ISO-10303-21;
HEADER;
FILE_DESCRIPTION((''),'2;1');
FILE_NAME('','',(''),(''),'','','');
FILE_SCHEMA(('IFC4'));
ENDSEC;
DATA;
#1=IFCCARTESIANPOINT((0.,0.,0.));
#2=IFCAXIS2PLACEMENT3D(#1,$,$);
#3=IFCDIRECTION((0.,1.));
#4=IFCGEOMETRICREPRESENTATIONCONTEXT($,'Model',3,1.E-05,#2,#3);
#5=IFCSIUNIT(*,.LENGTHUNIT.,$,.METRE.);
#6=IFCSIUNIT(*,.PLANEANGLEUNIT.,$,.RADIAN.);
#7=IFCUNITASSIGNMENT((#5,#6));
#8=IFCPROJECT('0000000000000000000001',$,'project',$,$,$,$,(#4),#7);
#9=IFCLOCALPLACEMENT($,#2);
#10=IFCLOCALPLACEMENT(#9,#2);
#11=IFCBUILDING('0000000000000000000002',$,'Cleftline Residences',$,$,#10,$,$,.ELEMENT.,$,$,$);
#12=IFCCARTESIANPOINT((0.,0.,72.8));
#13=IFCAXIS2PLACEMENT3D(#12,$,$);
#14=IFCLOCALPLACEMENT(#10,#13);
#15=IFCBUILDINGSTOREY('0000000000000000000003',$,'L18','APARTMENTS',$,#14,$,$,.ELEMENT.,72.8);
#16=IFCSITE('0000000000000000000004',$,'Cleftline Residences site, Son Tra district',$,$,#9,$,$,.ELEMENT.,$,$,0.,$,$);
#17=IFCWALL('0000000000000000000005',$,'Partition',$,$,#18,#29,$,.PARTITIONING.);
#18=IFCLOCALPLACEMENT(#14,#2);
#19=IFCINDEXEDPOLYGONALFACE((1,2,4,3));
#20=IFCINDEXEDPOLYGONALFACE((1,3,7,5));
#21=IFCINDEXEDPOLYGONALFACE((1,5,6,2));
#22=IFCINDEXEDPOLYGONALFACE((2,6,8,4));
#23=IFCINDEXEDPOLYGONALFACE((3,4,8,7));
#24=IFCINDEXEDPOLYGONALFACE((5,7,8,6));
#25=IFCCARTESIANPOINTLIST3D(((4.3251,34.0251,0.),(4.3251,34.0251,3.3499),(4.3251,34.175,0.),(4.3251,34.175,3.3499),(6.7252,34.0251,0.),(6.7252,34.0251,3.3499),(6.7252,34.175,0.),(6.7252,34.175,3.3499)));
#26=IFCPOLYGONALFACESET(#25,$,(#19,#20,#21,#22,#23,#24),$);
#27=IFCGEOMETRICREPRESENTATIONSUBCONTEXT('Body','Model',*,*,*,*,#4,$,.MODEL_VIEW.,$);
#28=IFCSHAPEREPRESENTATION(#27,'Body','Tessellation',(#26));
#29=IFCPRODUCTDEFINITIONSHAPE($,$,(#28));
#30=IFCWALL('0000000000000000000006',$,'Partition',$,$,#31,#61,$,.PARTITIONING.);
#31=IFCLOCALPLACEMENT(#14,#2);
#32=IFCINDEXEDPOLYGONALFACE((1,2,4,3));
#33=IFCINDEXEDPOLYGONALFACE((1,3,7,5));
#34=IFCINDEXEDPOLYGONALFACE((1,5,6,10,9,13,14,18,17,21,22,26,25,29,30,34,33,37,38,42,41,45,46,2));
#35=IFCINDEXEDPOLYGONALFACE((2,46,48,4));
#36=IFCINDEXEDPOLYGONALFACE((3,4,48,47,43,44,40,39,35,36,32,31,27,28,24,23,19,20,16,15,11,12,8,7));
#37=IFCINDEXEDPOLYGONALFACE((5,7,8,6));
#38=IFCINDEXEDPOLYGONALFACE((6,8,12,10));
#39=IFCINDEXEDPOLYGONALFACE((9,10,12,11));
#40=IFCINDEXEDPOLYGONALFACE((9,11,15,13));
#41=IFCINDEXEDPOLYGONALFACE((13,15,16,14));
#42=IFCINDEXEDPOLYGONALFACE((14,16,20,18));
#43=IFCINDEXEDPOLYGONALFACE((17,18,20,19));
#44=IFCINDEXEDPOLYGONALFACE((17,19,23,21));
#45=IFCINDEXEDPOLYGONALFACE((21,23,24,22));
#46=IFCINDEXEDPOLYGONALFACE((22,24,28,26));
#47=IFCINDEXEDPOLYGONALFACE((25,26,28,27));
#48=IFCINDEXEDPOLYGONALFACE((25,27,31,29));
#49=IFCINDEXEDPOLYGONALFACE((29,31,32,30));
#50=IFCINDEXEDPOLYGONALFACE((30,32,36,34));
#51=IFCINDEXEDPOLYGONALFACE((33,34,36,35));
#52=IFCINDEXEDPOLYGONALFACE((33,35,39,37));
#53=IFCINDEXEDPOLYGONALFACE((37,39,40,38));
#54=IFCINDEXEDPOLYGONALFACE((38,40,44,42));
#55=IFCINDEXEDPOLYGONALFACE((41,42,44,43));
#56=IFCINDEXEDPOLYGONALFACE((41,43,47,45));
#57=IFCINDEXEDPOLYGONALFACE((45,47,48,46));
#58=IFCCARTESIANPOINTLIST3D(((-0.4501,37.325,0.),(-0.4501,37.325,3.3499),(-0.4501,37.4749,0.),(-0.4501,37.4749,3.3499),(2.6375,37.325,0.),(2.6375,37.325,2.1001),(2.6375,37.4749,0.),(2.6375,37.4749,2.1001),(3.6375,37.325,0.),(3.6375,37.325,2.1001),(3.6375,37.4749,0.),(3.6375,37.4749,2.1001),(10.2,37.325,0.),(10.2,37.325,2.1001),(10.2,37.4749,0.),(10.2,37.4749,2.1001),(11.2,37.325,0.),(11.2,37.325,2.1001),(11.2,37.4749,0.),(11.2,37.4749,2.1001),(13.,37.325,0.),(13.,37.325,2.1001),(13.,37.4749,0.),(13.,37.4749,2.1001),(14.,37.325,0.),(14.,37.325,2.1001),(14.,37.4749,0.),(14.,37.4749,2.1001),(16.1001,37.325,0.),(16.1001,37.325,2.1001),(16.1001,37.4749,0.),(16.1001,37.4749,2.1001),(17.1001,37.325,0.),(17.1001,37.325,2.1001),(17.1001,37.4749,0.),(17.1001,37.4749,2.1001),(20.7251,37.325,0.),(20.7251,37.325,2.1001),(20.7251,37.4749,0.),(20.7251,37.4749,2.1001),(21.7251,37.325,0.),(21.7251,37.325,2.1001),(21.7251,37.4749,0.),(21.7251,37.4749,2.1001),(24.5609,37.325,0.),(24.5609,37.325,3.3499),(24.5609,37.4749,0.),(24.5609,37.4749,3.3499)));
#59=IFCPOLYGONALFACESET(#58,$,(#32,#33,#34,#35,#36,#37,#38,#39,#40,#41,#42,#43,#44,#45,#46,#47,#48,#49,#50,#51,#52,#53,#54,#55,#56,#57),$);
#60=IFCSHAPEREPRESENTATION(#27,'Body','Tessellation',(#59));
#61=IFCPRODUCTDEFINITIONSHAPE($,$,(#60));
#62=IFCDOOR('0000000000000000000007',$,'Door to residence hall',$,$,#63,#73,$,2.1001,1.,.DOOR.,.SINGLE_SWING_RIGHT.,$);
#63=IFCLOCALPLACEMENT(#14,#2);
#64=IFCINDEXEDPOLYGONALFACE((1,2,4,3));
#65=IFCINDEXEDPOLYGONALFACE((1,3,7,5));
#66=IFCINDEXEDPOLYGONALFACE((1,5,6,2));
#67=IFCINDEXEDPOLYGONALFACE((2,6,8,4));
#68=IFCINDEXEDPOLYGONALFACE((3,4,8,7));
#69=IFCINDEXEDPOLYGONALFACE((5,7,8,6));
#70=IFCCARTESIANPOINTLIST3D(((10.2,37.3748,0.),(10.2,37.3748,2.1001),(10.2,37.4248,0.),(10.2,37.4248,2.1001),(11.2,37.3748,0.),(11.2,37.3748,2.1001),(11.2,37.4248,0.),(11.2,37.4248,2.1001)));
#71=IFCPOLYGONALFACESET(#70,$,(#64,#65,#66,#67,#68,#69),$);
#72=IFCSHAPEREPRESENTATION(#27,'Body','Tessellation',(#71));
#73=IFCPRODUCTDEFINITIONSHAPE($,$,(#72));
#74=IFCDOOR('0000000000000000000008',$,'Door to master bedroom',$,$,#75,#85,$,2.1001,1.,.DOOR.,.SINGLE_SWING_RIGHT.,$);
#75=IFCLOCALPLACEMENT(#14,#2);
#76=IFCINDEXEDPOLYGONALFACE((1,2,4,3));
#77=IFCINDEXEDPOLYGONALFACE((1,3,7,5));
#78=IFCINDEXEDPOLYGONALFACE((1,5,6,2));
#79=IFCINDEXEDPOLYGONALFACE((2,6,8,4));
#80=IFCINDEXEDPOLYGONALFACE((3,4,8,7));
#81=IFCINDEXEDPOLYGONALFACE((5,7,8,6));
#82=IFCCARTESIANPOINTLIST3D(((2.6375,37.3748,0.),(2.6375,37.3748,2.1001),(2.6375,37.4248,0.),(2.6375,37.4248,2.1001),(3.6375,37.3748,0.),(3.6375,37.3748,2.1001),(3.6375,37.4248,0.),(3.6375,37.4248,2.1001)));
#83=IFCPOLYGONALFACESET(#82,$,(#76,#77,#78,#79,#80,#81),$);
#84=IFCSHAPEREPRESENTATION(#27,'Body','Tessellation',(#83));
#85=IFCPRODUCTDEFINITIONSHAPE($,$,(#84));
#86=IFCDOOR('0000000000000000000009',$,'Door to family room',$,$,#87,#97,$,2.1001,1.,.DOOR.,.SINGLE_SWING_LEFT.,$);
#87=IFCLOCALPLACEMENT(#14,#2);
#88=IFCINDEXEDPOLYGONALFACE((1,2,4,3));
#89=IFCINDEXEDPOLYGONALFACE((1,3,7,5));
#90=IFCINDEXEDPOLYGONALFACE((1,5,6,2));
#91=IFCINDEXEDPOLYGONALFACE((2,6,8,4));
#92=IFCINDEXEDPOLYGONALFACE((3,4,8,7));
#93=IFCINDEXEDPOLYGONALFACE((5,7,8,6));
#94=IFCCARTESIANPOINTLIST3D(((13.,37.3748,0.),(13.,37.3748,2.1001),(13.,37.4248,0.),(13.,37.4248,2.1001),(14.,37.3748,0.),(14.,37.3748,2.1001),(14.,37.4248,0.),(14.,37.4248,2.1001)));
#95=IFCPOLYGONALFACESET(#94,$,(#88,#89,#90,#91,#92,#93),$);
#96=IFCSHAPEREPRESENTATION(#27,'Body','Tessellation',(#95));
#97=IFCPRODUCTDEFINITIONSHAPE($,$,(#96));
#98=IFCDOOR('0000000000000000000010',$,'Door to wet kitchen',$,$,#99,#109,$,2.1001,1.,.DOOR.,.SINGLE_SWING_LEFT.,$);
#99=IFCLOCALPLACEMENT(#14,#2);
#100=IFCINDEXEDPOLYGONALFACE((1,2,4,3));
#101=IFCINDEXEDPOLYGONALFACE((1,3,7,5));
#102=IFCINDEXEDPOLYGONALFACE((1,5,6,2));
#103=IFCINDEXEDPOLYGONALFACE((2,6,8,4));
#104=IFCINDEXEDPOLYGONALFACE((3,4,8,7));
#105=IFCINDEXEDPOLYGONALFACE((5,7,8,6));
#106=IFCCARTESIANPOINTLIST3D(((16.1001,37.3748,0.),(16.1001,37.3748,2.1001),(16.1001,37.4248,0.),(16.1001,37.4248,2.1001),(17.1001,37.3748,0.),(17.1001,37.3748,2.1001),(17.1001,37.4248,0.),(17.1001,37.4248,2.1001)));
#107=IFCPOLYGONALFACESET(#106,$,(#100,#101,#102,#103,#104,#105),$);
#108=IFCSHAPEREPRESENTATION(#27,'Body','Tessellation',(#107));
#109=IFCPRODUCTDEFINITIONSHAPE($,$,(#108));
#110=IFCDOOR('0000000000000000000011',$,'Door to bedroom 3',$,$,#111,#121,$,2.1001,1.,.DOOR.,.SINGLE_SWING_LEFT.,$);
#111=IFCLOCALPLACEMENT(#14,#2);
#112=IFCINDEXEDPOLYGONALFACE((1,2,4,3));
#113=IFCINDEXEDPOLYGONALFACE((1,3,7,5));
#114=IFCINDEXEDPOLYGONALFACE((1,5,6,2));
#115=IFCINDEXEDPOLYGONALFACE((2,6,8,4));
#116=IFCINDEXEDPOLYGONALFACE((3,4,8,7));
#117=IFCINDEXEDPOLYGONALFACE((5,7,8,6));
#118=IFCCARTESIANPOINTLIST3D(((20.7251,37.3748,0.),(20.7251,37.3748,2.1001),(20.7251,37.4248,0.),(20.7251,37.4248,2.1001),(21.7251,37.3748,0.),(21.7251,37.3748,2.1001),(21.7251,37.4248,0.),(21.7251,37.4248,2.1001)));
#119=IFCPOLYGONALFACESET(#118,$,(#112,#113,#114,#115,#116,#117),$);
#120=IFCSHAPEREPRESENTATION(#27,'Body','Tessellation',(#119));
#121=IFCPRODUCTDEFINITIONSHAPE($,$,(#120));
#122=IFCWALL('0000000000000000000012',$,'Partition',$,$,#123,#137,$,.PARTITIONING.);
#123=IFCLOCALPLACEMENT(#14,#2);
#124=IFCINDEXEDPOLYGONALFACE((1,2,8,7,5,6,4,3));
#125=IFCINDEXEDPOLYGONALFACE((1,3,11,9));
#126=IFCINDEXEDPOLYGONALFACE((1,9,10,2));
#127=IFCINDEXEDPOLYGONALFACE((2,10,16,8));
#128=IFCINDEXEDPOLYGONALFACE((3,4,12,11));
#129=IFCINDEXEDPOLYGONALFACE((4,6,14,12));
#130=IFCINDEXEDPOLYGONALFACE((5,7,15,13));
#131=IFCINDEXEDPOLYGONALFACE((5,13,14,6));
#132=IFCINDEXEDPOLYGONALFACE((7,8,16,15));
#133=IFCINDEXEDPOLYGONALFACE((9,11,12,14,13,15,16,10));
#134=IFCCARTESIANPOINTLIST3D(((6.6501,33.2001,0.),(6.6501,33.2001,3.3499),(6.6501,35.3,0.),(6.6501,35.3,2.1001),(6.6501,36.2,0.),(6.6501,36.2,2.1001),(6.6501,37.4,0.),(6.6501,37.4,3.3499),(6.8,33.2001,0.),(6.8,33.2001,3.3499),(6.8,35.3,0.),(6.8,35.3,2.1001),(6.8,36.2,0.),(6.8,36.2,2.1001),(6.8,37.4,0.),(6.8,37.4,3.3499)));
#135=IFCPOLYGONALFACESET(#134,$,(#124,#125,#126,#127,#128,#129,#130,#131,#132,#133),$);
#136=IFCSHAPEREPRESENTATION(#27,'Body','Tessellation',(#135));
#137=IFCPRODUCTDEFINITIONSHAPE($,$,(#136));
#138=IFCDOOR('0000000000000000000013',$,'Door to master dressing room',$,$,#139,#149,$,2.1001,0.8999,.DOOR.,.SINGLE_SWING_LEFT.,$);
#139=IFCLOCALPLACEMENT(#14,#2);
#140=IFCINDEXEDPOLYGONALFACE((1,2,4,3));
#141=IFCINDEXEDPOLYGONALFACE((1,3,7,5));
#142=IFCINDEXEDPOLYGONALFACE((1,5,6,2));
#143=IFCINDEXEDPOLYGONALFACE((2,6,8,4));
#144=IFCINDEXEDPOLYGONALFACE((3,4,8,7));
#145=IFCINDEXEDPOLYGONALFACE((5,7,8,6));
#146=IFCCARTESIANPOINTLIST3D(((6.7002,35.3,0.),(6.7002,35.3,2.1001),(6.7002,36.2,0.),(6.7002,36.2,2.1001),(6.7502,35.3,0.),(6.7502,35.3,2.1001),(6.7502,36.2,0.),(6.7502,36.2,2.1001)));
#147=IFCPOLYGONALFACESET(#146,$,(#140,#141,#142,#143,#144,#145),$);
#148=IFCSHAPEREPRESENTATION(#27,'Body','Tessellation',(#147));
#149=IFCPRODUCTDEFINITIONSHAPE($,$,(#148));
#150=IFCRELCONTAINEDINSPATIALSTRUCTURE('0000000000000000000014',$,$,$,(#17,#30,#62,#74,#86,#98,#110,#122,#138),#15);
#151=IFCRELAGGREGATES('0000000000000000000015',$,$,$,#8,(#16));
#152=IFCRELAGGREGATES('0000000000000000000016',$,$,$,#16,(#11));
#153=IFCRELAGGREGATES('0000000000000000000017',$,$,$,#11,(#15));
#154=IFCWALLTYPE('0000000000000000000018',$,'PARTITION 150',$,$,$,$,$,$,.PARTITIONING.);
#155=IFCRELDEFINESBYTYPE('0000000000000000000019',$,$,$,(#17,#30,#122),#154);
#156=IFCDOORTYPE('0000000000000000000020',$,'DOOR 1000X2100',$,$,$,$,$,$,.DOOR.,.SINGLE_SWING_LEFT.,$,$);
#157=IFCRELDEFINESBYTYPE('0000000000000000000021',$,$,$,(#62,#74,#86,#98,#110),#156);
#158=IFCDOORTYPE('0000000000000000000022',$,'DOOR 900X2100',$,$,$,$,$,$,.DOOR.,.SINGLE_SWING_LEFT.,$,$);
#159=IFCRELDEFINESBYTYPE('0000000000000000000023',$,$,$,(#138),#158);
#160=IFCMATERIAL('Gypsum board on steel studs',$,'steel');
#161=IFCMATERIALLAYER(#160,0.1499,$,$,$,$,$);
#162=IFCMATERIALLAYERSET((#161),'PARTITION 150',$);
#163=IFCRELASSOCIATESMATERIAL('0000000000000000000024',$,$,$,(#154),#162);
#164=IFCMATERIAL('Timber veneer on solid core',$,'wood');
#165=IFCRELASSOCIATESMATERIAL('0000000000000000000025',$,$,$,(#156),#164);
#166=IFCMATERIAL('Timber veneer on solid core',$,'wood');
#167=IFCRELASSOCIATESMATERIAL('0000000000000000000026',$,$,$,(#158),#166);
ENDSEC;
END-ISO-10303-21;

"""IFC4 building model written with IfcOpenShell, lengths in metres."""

from ifc_helpers import new_model, si_unit, direction, frame, frame_2d, origin, place, context, subcontext, project, spatial, rectangle, extrude, material, layer, layer_set, type_object, element, fill, save


model = new_model("IFC4")

# Units and contexts
model_context = context("Model", 3, precision=1e-05, world=origin(), true_north=direction((0.0, 1.0)))
body_context = subcontext(model_context, "Body", "Model", "MODEL_VIEW")
ifc_project = project(units=[si_unit("LENGTHUNIT", "METRE"), si_unit("PLANEANGLEUNIT", "RADIAN")], contexts=[model_context])

# Site, building, storey
site_placement = place(None, origin())
site = spatial("IfcSite", under=ifc_project, at=site_placement, Name="Cleftline Residences site, Son Tra district", CompositionType="ELEMENT", RefElevation=0.0)
building_placement = place(site_placement, origin())
building = spatial("IfcBuilding", under=site, at=building_placement, Name="Cleftline Residences", CompositionType="ELEMENT")
storey_placement = place(building_placement, frame((0.0, 0.0, 72.8)))
storey = spatial("IfcBuildingStorey", under=building, at=storey_placement, Name="L18", Description="APARTMENTS", CompositionType="ELEMENT", Elevation=72.8)

# Wall
ifc_material_1 = material(Name="Gypsum board on steel studs", Category="steel")
ifc_layer = layer(ifc_material_1, 0.1499)
ifc_layer_set = layer_set([ifc_layer], Name="PARTITION 150")
wall_type = type_object("IfcWallType", Name="PARTITION 150", PredefinedType="PARTITIONING", material=ifc_layer_set)
wall_1_placement = place(storey_placement, frame((4.325, 34.1001, 0.0), z_axis=(0.0, 0.0, 1.0), x_axis=(1.0, 0.0, 0.0)))
element("IfcWall", 1, at=wall_1_placement, inside=storey, type_object=wall_type, Name="Partition", PredefinedType="PARTITIONING", context=body_context, shape_type="SweptSolid", body=[
    extrude(rectangle(XDim=2.4001, YDim=0.1499, at=frame_2d((1.2002, 0.0))), origin(), (0.0, 0.0, 1.0), 3.3499),
])

# Wall, openings, doors
wall_2_placement = place(storey_placement, frame((-0.45, 37.3999, 0.0), z_axis=(0.0, 0.0, 1.0), x_axis=(1.0, 0.0, 0.0)))
wall_2 = element("IfcWall", 2, at=wall_2_placement, inside=storey, type_object=wall_type, Name="Partition", PredefinedType="PARTITIONING", context=body_context, shape_type="SweptSolid", body=[
    extrude(rectangle(XDim=25.011, YDim=0.1499, at=frame_2d((12.5054, 0.0))), origin(), (0.0, 0.0, 1.0), 3.3499),
])
opening_1_placement = place(wall_2_placement, frame((10.6499, 0.0, 0.0)))
opening_1 = element("IfcOpeningElement", 3, at=opening_1_placement, cuts=wall_2, PredefinedType="OPENING", context=body_context, shape_type="SweptSolid", body=[
    extrude(rectangle(XDim=1.0, YDim=2.1001, at=frame_2d((0.5, 1.05))), frame((0.0, 0.085, 0.0), z_axis=(0.0, -1.0, 0.0), x_axis=(1.0, 0.0, 0.0)), (0.0, 0.0, 1.0), 0.1699),
])
opening_2_placement = place(wall_2_placement, frame((3.0874, 0.0, 0.0)))
opening_2 = element("IfcOpeningElement", 4, at=opening_2_placement, cuts=wall_2, PredefinedType="OPENING", context=body_context, shape_type="SweptSolid", body=[
    extrude(rectangle(XDim=1.0, YDim=2.1001, at=frame_2d((0.5, 1.05))), frame((0.0, 0.085, 0.0), z_axis=(0.0, -1.0, 0.0), x_axis=(1.0, 0.0, 0.0)), (0.0, 0.0, 1.0), 0.1699),
])
opening_3_placement = place(wall_2_placement, frame((13.45, 0.0, 0.0)))
opening_3 = element("IfcOpeningElement", 5, at=opening_3_placement, cuts=wall_2, PredefinedType="OPENING", context=body_context, shape_type="SweptSolid", body=[
    extrude(rectangle(XDim=1.0, YDim=2.1001, at=frame_2d((0.5, 1.05))), frame((0.0, 0.085, 0.0), z_axis=(0.0, -1.0, 0.0), x_axis=(1.0, 0.0, 0.0)), (0.0, 0.0, 1.0), 0.1699),
])
opening_4_placement = place(wall_2_placement, frame((16.55, 0.0, 0.0)))
opening_4 = element("IfcOpeningElement", 6, at=opening_4_placement, cuts=wall_2, PredefinedType="OPENING", context=body_context, shape_type="SweptSolid", body=[
    extrude(rectangle(XDim=1.0, YDim=2.1001, at=frame_2d((0.5, 1.05))), frame((0.0, 0.085, 0.0), z_axis=(0.0, -1.0, 0.0), x_axis=(1.0, 0.0, 0.0)), (0.0, 0.0, 1.0), 0.1699),
])
opening_5_placement = place(wall_2_placement, frame((21.175, 0.0, 0.0)))
opening_5 = element("IfcOpeningElement", 7, at=opening_5_placement, cuts=wall_2, PredefinedType="OPENING", context=body_context, shape_type="SweptSolid", body=[
    extrude(rectangle(XDim=1.0, YDim=2.1001, at=frame_2d((0.5, 1.05))), frame((0.0, 0.085, 0.0), z_axis=(0.0, -1.0, 0.0), x_axis=(1.0, 0.0, 0.0)), (0.0, 0.0, 1.0), 0.1699),
])
ifc_material_2 = material(Name="Timber veneer on solid core", Category="wood")
door_type_1 = type_object("IfcDoorType", Name="DOOR 1000X2100", OperationType="SINGLE_SWING_LEFT", PredefinedType="DOOR", material=ifc_material_2)
door_1_placement = place(opening_1_placement, origin())
door_1 = element("IfcDoor", 8, at=door_1_placement, inside=storey, type_object=door_type_1, Name="Door to residence hall", OperationType="SINGLE_SWING_RIGHT", OverallHeight=2.1001, OverallWidth=1.0, PredefinedType="DOOR", context=body_context, shape_type="SweptSolid", body=[
    extrude(rectangle(XDim=1.0, YDim=2.1001, at=frame_2d((0.5, 1.05))), frame((0.0, 0.0249, 0.0), z_axis=(0.0, -1.0, 0.0), x_axis=(1.0, 0.0, 0.0)), (0.0, 0.0, 1.0), 0.05),
])
fill(opening_1, door_1)
door_2_placement = place(opening_2_placement, origin())
door_2 = element("IfcDoor", 9, at=door_2_placement, inside=storey, type_object=door_type_1, Name="Door to master bedroom", OperationType="SINGLE_SWING_RIGHT", OverallHeight=2.1001, OverallWidth=1.0, PredefinedType="DOOR", context=body_context, shape_type="SweptSolid", body=[
    extrude(rectangle(XDim=1.0, YDim=2.1001, at=frame_2d((0.5, 1.05))), frame((0.0, 0.0249, 0.0), z_axis=(0.0, -1.0, 0.0), x_axis=(1.0, 0.0, 0.0)), (0.0, 0.0, 1.0), 0.05),
])
fill(opening_2, door_2)
door_3_placement = place(opening_3_placement, origin())
door_3 = element("IfcDoor", 10, at=door_3_placement, inside=storey, type_object=door_type_1, Name="Door to family room", OperationType="SINGLE_SWING_LEFT", OverallHeight=2.1001, OverallWidth=1.0, PredefinedType="DOOR", context=body_context, shape_type="SweptSolid", body=[
    extrude(rectangle(XDim=1.0, YDim=2.1001, at=frame_2d((0.5, 1.05))), frame((0.0, 0.0249, 0.0), z_axis=(0.0, -1.0, 0.0), x_axis=(1.0, 0.0, 0.0)), (0.0, 0.0, 1.0), 0.05),
])
fill(opening_3, door_3)
door_4_placement = place(opening_4_placement, origin())
door_4 = element("IfcDoor", 11, at=door_4_placement, inside=storey, type_object=door_type_1, Name="Door to wet kitchen", OperationType="SINGLE_SWING_LEFT", OverallHeight=2.1001, OverallWidth=1.0, PredefinedType="DOOR", context=body_context, shape_type="SweptSolid", body=[
    extrude(rectangle(XDim=1.0, YDim=2.1001, at=frame_2d((0.5, 1.05))), frame((0.0, 0.0249, 0.0), z_axis=(0.0, -1.0, 0.0), x_axis=(1.0, 0.0, 0.0)), (0.0, 0.0, 1.0), 0.05),
])
fill(opening_4, door_4)
door_5_placement = place(opening_5_placement, origin())
door_5 = element("IfcDoor", 12, at=door_5_placement, inside=storey, type_object=door_type_1, Name="Door to bedroom 3", OperationType="SINGLE_SWING_LEFT", OverallHeight=2.1001, OverallWidth=1.0, PredefinedType="DOOR", context=body_context, shape_type="SweptSolid", body=[
    extrude(rectangle(XDim=1.0, YDim=2.1001, at=frame_2d((0.5, 1.05))), frame((0.0, 0.0249, 0.0), z_axis=(0.0, -1.0, 0.0), x_axis=(1.0, 0.0, 0.0)), (0.0, 0.0, 1.0), 0.05),
])
fill(opening_5, door_5)

# Wall, opening, door
wall_3_placement = place(storey_placement, frame((6.7251, 33.2, 0.0), z_axis=(0.0, 0.0, 1.0), x_axis=(0.0, 1.0, 0.0)))
wall_3 = element("IfcWall", 13, at=wall_3_placement, inside=storey, type_object=wall_type, Name="Partition", PredefinedType="PARTITIONING", context=body_context, shape_type="SweptSolid", body=[
    extrude(rectangle(XDim=4.2, YDim=0.1499, at=frame_2d((2.1001, 0.0))), origin(), (0.0, 0.0, 1.0), 3.3499),
])
opening_6_placement = place(wall_3_placement, frame((2.1001, 0.0, 0.0)))
opening_6 = element("IfcOpeningElement", 14, at=opening_6_placement, cuts=wall_3, PredefinedType="OPENING", context=body_context, shape_type="SweptSolid", body=[
    extrude(rectangle(XDim=0.8999, YDim=2.1001, at=frame_2d((0.45, 1.05))), frame((0.0, 0.085, 0.0), z_axis=(0.0, -1.0, 0.0), x_axis=(1.0, 0.0, 0.0)), (0.0, 0.0, 1.0), 0.1699),
])
ifc_material_3 = material(Name="Timber veneer on solid core", Category="wood")
door_type_2 = type_object("IfcDoorType", Name="DOOR 900X2100", OperationType="SINGLE_SWING_LEFT", PredefinedType="DOOR", material=ifc_material_3)
door_6_placement = place(opening_6_placement, origin())
door_6 = element("IfcDoor", 15, at=door_6_placement, inside=storey, type_object=door_type_2, Name="Door to master dressing room", OperationType="SINGLE_SWING_LEFT", OverallHeight=2.1001, OverallWidth=0.8999, PredefinedType="DOOR", context=body_context, shape_type="SweptSolid", body=[
    extrude(rectangle(XDim=0.8999, YDim=2.1001, at=frame_2d((0.45, 1.05))), frame((0.0, 0.0249, 0.0), z_axis=(0.0, -1.0, 0.0), x_axis=(1.0, 0.0, 0.0)), (0.0, 0.0, 1.0), 0.05),
])
fill(opening_6, door_6)

save(model, "model.ifc")
